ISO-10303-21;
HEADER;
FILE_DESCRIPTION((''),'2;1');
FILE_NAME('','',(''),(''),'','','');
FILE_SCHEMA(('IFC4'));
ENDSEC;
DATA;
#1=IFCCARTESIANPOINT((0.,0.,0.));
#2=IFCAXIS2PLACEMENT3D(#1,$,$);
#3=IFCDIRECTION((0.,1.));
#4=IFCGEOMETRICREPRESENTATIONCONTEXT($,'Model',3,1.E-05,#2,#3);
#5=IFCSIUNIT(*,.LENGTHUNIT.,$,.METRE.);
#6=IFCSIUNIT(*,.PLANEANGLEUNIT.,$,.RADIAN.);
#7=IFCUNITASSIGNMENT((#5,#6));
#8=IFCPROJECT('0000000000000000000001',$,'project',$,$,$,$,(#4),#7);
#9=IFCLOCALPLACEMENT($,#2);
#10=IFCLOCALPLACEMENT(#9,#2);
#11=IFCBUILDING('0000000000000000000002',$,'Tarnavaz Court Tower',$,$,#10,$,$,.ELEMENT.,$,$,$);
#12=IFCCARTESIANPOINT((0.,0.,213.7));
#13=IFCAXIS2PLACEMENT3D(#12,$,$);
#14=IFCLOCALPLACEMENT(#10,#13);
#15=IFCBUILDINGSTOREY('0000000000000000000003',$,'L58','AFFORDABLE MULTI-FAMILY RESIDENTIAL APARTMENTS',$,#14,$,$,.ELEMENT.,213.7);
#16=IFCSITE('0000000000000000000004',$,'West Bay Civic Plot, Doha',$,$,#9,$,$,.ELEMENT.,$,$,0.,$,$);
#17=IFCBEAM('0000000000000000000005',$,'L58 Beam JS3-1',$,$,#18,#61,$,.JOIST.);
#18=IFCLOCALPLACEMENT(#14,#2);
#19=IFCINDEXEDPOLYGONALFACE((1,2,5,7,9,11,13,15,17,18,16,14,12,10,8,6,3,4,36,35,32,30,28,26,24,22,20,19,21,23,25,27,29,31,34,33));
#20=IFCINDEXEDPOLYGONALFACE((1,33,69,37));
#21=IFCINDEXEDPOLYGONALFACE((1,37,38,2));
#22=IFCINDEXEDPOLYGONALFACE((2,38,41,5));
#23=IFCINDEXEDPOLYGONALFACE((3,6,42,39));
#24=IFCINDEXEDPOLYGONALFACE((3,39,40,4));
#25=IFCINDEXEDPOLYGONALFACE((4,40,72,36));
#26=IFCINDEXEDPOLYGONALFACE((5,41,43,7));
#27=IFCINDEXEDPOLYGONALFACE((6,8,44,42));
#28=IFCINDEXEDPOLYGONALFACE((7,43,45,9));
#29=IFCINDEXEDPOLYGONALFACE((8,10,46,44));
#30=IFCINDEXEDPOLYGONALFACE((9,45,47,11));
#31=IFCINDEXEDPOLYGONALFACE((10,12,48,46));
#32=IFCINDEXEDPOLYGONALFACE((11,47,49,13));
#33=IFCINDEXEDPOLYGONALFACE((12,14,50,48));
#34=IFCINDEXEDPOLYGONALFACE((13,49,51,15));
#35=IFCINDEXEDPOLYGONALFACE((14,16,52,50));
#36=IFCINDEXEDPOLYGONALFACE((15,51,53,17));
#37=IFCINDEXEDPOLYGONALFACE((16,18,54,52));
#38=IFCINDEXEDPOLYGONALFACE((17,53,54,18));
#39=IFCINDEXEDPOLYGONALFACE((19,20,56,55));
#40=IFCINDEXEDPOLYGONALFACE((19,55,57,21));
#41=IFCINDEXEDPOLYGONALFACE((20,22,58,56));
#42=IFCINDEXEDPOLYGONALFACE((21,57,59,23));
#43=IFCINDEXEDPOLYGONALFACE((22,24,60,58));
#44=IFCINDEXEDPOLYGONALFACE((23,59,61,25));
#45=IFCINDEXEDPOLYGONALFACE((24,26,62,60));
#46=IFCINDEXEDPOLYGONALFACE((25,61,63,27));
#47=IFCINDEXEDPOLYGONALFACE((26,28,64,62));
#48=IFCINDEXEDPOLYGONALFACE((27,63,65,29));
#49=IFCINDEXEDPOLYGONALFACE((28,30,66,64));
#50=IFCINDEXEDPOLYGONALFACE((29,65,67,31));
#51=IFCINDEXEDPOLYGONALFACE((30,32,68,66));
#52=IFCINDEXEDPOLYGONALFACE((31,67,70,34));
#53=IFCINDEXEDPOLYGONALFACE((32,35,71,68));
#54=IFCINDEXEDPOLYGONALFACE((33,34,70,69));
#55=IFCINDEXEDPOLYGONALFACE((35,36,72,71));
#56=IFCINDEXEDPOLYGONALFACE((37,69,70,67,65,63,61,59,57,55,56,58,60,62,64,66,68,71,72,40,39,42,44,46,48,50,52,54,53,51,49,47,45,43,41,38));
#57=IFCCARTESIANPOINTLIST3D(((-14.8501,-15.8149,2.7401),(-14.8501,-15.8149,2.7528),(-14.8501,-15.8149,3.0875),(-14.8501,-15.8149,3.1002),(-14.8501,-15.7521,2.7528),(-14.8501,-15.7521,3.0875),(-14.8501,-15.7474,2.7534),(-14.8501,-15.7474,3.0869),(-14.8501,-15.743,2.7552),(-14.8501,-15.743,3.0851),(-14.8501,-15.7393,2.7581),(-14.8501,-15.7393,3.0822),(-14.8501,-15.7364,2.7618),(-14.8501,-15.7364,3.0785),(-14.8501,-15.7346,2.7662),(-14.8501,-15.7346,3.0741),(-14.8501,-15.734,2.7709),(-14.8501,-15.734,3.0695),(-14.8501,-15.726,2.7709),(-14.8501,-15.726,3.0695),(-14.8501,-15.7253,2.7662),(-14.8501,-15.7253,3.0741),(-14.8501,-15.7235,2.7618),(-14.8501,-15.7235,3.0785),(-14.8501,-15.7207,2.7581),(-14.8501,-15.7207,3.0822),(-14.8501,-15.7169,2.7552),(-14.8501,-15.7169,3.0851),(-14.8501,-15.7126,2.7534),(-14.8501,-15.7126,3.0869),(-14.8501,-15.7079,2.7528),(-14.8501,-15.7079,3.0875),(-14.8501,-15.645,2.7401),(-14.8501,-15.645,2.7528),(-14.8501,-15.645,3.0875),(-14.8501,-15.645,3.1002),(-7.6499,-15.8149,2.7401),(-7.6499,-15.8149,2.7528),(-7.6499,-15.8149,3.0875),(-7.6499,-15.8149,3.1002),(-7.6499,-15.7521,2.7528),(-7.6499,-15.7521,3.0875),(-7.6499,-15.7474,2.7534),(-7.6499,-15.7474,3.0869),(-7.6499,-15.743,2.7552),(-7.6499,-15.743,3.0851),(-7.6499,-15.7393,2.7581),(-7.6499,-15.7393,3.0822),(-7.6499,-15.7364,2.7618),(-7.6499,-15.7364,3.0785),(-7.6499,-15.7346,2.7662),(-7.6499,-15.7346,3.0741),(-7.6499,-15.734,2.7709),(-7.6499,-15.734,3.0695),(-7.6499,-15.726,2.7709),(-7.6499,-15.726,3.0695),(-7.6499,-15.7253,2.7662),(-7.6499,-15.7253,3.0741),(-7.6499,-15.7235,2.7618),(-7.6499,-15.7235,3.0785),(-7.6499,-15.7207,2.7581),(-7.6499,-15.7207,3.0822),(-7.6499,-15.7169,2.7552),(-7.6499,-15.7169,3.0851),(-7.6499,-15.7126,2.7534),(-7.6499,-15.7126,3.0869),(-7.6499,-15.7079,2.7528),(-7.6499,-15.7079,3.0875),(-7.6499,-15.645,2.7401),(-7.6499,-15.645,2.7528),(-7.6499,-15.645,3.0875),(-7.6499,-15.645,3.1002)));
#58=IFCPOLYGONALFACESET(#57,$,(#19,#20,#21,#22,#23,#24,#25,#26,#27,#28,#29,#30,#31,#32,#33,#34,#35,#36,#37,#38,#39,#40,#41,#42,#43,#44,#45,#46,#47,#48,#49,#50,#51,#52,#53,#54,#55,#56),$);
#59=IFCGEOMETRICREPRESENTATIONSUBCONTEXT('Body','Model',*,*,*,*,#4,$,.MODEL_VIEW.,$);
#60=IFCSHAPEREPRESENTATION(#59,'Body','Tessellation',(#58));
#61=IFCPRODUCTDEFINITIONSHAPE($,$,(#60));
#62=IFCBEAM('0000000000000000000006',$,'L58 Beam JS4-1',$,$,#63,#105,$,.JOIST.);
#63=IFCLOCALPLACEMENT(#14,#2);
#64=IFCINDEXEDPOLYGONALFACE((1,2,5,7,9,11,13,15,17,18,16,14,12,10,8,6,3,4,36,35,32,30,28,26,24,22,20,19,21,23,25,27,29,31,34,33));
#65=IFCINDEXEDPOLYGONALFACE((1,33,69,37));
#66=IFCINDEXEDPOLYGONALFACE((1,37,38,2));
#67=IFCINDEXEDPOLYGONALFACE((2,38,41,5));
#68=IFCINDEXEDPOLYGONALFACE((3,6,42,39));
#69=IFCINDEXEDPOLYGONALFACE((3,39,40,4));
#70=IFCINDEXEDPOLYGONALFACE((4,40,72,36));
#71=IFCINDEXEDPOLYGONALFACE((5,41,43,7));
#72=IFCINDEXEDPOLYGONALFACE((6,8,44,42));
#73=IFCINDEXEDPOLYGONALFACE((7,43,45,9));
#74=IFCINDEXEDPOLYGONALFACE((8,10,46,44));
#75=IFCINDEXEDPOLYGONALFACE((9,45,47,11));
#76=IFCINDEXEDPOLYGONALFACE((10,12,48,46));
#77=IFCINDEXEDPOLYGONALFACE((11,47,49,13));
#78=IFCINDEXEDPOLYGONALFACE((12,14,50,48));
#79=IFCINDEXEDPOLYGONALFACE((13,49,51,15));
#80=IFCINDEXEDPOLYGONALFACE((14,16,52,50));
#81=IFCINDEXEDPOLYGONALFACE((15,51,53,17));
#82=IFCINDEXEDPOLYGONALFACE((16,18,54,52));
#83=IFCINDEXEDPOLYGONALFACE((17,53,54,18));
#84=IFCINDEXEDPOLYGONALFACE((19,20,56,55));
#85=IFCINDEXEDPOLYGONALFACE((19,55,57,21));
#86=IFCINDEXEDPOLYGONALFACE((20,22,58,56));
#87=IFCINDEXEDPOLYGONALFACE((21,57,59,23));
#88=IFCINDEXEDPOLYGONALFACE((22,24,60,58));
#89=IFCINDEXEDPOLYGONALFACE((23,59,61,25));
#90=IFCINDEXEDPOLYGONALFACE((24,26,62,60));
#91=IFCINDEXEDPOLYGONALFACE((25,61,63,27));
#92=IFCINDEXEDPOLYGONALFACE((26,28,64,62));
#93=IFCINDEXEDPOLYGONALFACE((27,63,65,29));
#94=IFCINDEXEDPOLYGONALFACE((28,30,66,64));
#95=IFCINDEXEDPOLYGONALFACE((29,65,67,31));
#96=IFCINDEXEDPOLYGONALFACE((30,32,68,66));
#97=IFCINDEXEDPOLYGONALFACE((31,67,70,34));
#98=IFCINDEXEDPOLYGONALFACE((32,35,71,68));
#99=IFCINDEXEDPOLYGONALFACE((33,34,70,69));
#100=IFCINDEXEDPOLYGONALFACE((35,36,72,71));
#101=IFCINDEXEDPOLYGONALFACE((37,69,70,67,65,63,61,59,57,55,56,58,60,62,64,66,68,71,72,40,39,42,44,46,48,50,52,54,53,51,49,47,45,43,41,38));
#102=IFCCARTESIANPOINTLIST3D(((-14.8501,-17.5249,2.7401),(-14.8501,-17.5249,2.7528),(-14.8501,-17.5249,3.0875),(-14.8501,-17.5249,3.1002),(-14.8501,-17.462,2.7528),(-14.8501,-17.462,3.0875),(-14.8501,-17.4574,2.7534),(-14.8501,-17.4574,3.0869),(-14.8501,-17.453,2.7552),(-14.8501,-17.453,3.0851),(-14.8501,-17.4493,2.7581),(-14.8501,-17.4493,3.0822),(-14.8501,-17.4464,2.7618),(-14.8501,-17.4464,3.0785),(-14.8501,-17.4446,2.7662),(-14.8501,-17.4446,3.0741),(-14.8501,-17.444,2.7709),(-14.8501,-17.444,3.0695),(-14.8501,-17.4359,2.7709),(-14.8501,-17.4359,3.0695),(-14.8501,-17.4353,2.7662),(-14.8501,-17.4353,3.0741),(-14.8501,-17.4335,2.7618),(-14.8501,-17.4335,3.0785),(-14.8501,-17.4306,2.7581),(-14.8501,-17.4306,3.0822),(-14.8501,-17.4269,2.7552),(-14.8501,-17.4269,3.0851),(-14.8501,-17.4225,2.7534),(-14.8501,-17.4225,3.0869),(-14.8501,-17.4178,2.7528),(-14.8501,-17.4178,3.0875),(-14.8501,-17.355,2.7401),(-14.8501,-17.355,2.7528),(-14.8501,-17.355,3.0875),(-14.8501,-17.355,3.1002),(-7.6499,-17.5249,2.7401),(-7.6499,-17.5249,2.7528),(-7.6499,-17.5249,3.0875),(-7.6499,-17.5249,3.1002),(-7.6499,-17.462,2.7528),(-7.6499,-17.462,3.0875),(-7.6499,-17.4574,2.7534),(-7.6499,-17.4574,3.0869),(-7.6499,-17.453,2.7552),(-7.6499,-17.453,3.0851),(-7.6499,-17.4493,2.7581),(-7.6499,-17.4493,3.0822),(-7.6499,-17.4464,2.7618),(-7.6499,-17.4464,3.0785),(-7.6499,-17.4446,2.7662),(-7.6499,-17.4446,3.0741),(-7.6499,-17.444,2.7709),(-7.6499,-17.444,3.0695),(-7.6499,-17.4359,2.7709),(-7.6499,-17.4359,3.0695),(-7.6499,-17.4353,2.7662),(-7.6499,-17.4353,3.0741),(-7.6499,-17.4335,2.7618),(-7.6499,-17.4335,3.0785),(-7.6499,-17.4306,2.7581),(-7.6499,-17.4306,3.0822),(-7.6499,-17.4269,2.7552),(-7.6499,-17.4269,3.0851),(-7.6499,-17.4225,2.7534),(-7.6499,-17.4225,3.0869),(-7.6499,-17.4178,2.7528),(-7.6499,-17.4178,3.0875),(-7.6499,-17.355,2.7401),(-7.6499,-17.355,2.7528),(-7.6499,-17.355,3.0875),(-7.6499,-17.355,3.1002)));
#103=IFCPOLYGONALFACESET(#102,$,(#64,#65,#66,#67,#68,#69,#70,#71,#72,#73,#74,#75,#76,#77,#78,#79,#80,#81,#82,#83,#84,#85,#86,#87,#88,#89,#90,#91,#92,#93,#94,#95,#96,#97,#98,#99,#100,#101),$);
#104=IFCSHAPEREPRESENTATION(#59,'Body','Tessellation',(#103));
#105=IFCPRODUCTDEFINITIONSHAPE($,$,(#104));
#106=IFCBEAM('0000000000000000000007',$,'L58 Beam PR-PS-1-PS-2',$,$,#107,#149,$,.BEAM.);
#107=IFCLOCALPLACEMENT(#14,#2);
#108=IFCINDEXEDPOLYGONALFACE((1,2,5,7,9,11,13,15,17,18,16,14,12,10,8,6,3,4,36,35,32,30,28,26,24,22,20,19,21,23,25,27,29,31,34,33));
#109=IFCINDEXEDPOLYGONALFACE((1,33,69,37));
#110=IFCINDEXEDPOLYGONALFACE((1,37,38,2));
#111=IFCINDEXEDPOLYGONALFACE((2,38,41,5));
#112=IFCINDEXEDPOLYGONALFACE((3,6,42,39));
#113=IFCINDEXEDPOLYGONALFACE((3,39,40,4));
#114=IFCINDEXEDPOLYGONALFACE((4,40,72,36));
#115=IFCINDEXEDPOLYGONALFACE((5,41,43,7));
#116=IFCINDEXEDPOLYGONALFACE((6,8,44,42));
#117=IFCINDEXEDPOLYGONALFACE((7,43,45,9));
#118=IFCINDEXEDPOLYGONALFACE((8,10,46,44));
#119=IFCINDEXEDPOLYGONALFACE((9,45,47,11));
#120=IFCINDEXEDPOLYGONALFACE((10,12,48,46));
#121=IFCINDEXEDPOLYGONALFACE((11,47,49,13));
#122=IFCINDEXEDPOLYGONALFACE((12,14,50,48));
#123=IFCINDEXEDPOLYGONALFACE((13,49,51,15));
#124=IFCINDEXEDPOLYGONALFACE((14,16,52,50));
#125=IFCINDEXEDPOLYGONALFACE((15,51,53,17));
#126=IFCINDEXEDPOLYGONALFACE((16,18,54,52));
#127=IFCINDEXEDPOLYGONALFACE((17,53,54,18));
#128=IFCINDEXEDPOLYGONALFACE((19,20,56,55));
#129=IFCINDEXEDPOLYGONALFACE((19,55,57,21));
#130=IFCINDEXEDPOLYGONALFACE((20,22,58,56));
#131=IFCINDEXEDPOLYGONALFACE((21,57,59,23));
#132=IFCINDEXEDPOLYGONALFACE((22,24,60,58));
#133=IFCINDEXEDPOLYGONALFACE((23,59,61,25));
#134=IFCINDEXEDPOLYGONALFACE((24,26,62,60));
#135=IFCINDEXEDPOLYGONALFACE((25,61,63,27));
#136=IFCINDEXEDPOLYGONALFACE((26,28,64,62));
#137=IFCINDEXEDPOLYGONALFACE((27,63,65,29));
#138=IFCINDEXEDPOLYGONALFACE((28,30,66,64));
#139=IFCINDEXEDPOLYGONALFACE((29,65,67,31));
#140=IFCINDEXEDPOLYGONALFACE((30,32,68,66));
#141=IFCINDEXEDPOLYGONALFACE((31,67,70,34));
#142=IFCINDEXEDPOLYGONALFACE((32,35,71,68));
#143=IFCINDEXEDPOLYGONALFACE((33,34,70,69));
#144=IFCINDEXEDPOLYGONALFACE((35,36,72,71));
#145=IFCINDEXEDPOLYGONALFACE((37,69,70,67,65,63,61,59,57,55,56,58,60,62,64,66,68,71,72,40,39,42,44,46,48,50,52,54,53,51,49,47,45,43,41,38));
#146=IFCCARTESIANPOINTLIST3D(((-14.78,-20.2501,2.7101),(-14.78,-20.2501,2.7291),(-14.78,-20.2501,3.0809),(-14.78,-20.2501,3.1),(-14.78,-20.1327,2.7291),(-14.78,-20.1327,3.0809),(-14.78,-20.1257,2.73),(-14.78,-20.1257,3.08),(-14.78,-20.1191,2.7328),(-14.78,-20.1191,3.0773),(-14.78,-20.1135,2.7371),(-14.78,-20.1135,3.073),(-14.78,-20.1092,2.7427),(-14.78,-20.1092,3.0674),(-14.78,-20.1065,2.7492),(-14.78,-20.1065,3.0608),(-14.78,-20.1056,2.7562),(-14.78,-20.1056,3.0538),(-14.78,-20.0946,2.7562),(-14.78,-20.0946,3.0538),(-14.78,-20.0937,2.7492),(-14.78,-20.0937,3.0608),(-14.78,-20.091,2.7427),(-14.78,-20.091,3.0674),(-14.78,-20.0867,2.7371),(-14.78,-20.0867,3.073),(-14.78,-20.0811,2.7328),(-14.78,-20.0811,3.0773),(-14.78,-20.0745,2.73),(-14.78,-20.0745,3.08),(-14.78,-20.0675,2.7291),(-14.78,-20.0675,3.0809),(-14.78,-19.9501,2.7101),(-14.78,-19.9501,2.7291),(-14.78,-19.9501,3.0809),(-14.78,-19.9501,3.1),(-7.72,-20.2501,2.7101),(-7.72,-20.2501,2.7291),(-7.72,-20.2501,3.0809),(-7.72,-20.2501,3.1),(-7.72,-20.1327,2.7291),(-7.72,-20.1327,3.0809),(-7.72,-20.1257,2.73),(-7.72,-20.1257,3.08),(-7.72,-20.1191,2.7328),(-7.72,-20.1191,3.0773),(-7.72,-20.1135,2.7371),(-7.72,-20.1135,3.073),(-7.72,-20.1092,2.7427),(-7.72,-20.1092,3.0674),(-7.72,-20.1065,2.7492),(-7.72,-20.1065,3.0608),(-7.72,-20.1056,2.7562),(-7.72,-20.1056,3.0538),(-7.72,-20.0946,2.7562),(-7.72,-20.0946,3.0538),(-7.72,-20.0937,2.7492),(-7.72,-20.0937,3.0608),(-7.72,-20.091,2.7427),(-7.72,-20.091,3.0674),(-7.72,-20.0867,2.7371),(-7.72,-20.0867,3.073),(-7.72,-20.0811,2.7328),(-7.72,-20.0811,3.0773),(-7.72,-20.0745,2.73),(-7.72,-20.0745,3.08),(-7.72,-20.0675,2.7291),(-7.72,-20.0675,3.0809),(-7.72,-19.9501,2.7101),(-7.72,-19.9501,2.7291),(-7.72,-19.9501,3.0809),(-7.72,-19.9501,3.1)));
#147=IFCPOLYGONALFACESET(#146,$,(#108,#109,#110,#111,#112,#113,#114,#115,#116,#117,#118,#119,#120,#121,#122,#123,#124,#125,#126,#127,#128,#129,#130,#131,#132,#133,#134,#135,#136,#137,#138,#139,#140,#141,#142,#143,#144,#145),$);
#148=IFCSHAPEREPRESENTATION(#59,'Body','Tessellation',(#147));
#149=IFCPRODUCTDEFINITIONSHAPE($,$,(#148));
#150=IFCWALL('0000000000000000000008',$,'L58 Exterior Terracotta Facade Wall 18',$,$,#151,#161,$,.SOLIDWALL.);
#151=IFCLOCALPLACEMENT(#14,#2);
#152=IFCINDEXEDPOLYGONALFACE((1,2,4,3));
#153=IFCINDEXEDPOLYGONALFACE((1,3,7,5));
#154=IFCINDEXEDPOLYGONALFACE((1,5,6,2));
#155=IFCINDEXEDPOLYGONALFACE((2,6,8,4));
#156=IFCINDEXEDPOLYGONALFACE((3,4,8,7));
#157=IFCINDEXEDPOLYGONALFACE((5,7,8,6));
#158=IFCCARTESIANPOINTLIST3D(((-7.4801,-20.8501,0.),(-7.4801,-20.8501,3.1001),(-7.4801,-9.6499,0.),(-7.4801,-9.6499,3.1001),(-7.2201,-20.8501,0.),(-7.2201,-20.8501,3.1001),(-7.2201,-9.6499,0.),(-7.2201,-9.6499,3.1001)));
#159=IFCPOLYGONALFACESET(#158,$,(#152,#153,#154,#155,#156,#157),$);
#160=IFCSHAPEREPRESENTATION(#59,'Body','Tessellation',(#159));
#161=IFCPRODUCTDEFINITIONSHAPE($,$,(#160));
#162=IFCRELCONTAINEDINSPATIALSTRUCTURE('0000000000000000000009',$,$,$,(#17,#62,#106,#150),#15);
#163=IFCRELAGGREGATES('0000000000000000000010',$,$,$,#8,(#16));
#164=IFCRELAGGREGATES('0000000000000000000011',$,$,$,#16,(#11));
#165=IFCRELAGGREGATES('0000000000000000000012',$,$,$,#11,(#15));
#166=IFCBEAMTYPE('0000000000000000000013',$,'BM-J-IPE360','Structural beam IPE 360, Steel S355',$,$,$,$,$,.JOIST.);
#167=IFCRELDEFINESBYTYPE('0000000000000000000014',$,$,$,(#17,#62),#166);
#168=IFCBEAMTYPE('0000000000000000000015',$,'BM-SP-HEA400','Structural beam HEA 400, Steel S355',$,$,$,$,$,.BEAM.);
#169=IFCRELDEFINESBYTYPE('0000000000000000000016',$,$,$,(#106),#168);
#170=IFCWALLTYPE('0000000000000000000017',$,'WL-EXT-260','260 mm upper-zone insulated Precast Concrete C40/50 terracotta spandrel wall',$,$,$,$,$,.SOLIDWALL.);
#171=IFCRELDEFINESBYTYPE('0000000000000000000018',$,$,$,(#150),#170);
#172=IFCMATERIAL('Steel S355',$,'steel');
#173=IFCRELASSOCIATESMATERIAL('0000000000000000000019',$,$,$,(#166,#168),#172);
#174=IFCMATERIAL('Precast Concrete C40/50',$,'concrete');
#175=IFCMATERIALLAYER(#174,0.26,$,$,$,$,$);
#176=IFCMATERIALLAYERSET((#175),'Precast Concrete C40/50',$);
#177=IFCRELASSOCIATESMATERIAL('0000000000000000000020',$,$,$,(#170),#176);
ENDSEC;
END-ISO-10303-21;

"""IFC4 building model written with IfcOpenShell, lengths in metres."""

from ifc_helpers import new_model, si_unit, direction, frame, frame_2d, origin, origin_2d, place, context, subcontext, project, spatial, rectangle, i_section, extrude, material, layer, layer_set, material_profile, profile_set, type_object, element, save


model = new_model("IFC4")

# Units and contexts
model_context = context("Model", 3, precision=1e-05, world=origin(), true_north=direction((0.0, 1.0)))
body_context = subcontext(model_context, "Body", "Model", "MODEL_VIEW")
ifc_project = project(units=[si_unit("LENGTHUNIT", "METRE"), si_unit("PLANEANGLEUNIT", "RADIAN")], contexts=[model_context])

# Site, building, storey
site_placement = place(None, origin())
site = spatial("IfcSite", under=ifc_project, at=site_placement, Name="West Bay Civic Plot, Doha", CompositionType="ELEMENT", RefElevation=0.0)
building_placement = place(site_placement, origin())
building = spatial("IfcBuilding", under=site, at=building_placement, Name="Tarnavaz Court Tower", CompositionType="ELEMENT")
storey_placement = place(building_placement, frame((0.0, 0.0, 213.7)))
storey = spatial("IfcBuildingStorey", under=building, at=storey_placement, Name="L58", Description="AFFORDABLE MULTI-FAMILY RESIDENTIAL APARTMENTS", CompositionType="ELEMENT", Elevation=213.7)

# Beams
ifc_material_1 = material(Name="Steel S355", Category="steel")
ifc_material_profile_1 = material_profile(ifc_material_1, i_section(OverallWidth=0.1699, OverallDepth=0.3601, WebThickness=0.0081, FlangeThickness=0.0127, FilletRadius=0.0181, at=origin_2d()), Name="IPE 360")
ifc_profile_set_1 = profile_set([ifc_material_profile_1], Name="Steel S355")
beam_type_1 = type_object("IfcBeamType", Name="BM-J-IPE360", Description="Structural beam IPE 360, Steel S355", PredefinedType="JOIST", material=ifc_profile_set_1)
for number, where, z_axis, x_axis, name in (
    (1, (-14.8501, -15.73, 2.9202), (1.0, 0.0, 0.0), (0.0, 1.0, 0.0), "L58 Beam JS3-1"),
    (2, (-14.8501, -17.4399, 2.9202), (1.0, 0.0, 0.0), (0.0, 1.0, 0.0), "L58 Beam JS4-1"),
):
    element("IfcBeam", number, at=place(storey_placement, frame(where, z_axis=z_axis, x_axis=x_axis)), inside=storey, type_object=beam_type_1, Name=name, PredefinedType="JOIST", context=body_context, shape_type="SweptSolid", body=[
        extrude(i_section(OverallWidth=0.1699, OverallDepth=0.3601, WebThickness=0.0081, FlangeThickness=0.0127, FilletRadius=0.0181, at=origin_2d()), origin(), (0.0, 0.0, 1.0), 7.2002),
    ])
ifc_material_profile_2 = material_profile(ifc_material_1, i_section(OverallWidth=0.3, OverallDepth=0.3899, WebThickness=0.011, FlangeThickness=0.019, FilletRadius=0.0271, at=origin_2d()), Name="HEA 400")
ifc_profile_set_2 = profile_set([ifc_material_profile_2], Name="Steel S355")
beam_type_2 = type_object("IfcBeamType", Name="BM-SP-HEA400", Description="Structural beam HEA 400, Steel S355", PredefinedType="BEAM", material=ifc_profile_set_2)
beam_1_placement = place(storey_placement, frame((-14.78, -20.1001, 2.905), z_axis=(1.0, 0.0, 0.0), x_axis=(0.0, 1.0, 0.0)))
element("IfcBeam", 3, at=beam_1_placement, inside=storey, type_object=beam_type_2, Name="L58 Beam PR-PS-1-PS-2", PredefinedType="BEAM", context=body_context, shape_type="SweptSolid", body=[
    extrude(i_section(OverallWidth=0.3, OverallDepth=0.3899, WebThickness=0.011, FlangeThickness=0.019, FilletRadius=0.0271, at=origin_2d()), origin(), (0.0, 0.0, 1.0), 7.0601),
])

# Wall
ifc_material_2 = material(Name="Precast Concrete C40/50", Category="concrete")
ifc_layer_1 = layer(ifc_material_2, 0.26)
ifc_layer_set_1 = layer_set([ifc_layer_1], Name="Precast Concrete C40/50")
wall_type_1 = type_object("IfcWallType", Name="WL-EXT-260", Description="260 mm upper-zone insulated Precast Concrete C40/50 terracotta spandrel wall", PredefinedType="SOLIDWALL", material=ifc_layer_set_1)
wall_1_placement = place(storey_placement, frame((-7.3501, -9.6499, 0.0), z_axis=(0.0, 0.0, 1.0), x_axis=(0.0, -1.0, 0.0)))
element("IfcWall", 4, at=wall_1_placement, inside=storey, type_object=wall_type_1, Name="L58 Exterior Terracotta Facade Wall 18", PredefinedType="SOLIDWALL", context=body_context, shape_type="SweptSolid", body=[
    extrude(rectangle(XDim=11.2002, YDim=0.26, at=frame_2d((5.6001, 0.0))), origin(), (0.0, 0.0, 1.0), 3.1001),
])

save(model, "model.ifc")
